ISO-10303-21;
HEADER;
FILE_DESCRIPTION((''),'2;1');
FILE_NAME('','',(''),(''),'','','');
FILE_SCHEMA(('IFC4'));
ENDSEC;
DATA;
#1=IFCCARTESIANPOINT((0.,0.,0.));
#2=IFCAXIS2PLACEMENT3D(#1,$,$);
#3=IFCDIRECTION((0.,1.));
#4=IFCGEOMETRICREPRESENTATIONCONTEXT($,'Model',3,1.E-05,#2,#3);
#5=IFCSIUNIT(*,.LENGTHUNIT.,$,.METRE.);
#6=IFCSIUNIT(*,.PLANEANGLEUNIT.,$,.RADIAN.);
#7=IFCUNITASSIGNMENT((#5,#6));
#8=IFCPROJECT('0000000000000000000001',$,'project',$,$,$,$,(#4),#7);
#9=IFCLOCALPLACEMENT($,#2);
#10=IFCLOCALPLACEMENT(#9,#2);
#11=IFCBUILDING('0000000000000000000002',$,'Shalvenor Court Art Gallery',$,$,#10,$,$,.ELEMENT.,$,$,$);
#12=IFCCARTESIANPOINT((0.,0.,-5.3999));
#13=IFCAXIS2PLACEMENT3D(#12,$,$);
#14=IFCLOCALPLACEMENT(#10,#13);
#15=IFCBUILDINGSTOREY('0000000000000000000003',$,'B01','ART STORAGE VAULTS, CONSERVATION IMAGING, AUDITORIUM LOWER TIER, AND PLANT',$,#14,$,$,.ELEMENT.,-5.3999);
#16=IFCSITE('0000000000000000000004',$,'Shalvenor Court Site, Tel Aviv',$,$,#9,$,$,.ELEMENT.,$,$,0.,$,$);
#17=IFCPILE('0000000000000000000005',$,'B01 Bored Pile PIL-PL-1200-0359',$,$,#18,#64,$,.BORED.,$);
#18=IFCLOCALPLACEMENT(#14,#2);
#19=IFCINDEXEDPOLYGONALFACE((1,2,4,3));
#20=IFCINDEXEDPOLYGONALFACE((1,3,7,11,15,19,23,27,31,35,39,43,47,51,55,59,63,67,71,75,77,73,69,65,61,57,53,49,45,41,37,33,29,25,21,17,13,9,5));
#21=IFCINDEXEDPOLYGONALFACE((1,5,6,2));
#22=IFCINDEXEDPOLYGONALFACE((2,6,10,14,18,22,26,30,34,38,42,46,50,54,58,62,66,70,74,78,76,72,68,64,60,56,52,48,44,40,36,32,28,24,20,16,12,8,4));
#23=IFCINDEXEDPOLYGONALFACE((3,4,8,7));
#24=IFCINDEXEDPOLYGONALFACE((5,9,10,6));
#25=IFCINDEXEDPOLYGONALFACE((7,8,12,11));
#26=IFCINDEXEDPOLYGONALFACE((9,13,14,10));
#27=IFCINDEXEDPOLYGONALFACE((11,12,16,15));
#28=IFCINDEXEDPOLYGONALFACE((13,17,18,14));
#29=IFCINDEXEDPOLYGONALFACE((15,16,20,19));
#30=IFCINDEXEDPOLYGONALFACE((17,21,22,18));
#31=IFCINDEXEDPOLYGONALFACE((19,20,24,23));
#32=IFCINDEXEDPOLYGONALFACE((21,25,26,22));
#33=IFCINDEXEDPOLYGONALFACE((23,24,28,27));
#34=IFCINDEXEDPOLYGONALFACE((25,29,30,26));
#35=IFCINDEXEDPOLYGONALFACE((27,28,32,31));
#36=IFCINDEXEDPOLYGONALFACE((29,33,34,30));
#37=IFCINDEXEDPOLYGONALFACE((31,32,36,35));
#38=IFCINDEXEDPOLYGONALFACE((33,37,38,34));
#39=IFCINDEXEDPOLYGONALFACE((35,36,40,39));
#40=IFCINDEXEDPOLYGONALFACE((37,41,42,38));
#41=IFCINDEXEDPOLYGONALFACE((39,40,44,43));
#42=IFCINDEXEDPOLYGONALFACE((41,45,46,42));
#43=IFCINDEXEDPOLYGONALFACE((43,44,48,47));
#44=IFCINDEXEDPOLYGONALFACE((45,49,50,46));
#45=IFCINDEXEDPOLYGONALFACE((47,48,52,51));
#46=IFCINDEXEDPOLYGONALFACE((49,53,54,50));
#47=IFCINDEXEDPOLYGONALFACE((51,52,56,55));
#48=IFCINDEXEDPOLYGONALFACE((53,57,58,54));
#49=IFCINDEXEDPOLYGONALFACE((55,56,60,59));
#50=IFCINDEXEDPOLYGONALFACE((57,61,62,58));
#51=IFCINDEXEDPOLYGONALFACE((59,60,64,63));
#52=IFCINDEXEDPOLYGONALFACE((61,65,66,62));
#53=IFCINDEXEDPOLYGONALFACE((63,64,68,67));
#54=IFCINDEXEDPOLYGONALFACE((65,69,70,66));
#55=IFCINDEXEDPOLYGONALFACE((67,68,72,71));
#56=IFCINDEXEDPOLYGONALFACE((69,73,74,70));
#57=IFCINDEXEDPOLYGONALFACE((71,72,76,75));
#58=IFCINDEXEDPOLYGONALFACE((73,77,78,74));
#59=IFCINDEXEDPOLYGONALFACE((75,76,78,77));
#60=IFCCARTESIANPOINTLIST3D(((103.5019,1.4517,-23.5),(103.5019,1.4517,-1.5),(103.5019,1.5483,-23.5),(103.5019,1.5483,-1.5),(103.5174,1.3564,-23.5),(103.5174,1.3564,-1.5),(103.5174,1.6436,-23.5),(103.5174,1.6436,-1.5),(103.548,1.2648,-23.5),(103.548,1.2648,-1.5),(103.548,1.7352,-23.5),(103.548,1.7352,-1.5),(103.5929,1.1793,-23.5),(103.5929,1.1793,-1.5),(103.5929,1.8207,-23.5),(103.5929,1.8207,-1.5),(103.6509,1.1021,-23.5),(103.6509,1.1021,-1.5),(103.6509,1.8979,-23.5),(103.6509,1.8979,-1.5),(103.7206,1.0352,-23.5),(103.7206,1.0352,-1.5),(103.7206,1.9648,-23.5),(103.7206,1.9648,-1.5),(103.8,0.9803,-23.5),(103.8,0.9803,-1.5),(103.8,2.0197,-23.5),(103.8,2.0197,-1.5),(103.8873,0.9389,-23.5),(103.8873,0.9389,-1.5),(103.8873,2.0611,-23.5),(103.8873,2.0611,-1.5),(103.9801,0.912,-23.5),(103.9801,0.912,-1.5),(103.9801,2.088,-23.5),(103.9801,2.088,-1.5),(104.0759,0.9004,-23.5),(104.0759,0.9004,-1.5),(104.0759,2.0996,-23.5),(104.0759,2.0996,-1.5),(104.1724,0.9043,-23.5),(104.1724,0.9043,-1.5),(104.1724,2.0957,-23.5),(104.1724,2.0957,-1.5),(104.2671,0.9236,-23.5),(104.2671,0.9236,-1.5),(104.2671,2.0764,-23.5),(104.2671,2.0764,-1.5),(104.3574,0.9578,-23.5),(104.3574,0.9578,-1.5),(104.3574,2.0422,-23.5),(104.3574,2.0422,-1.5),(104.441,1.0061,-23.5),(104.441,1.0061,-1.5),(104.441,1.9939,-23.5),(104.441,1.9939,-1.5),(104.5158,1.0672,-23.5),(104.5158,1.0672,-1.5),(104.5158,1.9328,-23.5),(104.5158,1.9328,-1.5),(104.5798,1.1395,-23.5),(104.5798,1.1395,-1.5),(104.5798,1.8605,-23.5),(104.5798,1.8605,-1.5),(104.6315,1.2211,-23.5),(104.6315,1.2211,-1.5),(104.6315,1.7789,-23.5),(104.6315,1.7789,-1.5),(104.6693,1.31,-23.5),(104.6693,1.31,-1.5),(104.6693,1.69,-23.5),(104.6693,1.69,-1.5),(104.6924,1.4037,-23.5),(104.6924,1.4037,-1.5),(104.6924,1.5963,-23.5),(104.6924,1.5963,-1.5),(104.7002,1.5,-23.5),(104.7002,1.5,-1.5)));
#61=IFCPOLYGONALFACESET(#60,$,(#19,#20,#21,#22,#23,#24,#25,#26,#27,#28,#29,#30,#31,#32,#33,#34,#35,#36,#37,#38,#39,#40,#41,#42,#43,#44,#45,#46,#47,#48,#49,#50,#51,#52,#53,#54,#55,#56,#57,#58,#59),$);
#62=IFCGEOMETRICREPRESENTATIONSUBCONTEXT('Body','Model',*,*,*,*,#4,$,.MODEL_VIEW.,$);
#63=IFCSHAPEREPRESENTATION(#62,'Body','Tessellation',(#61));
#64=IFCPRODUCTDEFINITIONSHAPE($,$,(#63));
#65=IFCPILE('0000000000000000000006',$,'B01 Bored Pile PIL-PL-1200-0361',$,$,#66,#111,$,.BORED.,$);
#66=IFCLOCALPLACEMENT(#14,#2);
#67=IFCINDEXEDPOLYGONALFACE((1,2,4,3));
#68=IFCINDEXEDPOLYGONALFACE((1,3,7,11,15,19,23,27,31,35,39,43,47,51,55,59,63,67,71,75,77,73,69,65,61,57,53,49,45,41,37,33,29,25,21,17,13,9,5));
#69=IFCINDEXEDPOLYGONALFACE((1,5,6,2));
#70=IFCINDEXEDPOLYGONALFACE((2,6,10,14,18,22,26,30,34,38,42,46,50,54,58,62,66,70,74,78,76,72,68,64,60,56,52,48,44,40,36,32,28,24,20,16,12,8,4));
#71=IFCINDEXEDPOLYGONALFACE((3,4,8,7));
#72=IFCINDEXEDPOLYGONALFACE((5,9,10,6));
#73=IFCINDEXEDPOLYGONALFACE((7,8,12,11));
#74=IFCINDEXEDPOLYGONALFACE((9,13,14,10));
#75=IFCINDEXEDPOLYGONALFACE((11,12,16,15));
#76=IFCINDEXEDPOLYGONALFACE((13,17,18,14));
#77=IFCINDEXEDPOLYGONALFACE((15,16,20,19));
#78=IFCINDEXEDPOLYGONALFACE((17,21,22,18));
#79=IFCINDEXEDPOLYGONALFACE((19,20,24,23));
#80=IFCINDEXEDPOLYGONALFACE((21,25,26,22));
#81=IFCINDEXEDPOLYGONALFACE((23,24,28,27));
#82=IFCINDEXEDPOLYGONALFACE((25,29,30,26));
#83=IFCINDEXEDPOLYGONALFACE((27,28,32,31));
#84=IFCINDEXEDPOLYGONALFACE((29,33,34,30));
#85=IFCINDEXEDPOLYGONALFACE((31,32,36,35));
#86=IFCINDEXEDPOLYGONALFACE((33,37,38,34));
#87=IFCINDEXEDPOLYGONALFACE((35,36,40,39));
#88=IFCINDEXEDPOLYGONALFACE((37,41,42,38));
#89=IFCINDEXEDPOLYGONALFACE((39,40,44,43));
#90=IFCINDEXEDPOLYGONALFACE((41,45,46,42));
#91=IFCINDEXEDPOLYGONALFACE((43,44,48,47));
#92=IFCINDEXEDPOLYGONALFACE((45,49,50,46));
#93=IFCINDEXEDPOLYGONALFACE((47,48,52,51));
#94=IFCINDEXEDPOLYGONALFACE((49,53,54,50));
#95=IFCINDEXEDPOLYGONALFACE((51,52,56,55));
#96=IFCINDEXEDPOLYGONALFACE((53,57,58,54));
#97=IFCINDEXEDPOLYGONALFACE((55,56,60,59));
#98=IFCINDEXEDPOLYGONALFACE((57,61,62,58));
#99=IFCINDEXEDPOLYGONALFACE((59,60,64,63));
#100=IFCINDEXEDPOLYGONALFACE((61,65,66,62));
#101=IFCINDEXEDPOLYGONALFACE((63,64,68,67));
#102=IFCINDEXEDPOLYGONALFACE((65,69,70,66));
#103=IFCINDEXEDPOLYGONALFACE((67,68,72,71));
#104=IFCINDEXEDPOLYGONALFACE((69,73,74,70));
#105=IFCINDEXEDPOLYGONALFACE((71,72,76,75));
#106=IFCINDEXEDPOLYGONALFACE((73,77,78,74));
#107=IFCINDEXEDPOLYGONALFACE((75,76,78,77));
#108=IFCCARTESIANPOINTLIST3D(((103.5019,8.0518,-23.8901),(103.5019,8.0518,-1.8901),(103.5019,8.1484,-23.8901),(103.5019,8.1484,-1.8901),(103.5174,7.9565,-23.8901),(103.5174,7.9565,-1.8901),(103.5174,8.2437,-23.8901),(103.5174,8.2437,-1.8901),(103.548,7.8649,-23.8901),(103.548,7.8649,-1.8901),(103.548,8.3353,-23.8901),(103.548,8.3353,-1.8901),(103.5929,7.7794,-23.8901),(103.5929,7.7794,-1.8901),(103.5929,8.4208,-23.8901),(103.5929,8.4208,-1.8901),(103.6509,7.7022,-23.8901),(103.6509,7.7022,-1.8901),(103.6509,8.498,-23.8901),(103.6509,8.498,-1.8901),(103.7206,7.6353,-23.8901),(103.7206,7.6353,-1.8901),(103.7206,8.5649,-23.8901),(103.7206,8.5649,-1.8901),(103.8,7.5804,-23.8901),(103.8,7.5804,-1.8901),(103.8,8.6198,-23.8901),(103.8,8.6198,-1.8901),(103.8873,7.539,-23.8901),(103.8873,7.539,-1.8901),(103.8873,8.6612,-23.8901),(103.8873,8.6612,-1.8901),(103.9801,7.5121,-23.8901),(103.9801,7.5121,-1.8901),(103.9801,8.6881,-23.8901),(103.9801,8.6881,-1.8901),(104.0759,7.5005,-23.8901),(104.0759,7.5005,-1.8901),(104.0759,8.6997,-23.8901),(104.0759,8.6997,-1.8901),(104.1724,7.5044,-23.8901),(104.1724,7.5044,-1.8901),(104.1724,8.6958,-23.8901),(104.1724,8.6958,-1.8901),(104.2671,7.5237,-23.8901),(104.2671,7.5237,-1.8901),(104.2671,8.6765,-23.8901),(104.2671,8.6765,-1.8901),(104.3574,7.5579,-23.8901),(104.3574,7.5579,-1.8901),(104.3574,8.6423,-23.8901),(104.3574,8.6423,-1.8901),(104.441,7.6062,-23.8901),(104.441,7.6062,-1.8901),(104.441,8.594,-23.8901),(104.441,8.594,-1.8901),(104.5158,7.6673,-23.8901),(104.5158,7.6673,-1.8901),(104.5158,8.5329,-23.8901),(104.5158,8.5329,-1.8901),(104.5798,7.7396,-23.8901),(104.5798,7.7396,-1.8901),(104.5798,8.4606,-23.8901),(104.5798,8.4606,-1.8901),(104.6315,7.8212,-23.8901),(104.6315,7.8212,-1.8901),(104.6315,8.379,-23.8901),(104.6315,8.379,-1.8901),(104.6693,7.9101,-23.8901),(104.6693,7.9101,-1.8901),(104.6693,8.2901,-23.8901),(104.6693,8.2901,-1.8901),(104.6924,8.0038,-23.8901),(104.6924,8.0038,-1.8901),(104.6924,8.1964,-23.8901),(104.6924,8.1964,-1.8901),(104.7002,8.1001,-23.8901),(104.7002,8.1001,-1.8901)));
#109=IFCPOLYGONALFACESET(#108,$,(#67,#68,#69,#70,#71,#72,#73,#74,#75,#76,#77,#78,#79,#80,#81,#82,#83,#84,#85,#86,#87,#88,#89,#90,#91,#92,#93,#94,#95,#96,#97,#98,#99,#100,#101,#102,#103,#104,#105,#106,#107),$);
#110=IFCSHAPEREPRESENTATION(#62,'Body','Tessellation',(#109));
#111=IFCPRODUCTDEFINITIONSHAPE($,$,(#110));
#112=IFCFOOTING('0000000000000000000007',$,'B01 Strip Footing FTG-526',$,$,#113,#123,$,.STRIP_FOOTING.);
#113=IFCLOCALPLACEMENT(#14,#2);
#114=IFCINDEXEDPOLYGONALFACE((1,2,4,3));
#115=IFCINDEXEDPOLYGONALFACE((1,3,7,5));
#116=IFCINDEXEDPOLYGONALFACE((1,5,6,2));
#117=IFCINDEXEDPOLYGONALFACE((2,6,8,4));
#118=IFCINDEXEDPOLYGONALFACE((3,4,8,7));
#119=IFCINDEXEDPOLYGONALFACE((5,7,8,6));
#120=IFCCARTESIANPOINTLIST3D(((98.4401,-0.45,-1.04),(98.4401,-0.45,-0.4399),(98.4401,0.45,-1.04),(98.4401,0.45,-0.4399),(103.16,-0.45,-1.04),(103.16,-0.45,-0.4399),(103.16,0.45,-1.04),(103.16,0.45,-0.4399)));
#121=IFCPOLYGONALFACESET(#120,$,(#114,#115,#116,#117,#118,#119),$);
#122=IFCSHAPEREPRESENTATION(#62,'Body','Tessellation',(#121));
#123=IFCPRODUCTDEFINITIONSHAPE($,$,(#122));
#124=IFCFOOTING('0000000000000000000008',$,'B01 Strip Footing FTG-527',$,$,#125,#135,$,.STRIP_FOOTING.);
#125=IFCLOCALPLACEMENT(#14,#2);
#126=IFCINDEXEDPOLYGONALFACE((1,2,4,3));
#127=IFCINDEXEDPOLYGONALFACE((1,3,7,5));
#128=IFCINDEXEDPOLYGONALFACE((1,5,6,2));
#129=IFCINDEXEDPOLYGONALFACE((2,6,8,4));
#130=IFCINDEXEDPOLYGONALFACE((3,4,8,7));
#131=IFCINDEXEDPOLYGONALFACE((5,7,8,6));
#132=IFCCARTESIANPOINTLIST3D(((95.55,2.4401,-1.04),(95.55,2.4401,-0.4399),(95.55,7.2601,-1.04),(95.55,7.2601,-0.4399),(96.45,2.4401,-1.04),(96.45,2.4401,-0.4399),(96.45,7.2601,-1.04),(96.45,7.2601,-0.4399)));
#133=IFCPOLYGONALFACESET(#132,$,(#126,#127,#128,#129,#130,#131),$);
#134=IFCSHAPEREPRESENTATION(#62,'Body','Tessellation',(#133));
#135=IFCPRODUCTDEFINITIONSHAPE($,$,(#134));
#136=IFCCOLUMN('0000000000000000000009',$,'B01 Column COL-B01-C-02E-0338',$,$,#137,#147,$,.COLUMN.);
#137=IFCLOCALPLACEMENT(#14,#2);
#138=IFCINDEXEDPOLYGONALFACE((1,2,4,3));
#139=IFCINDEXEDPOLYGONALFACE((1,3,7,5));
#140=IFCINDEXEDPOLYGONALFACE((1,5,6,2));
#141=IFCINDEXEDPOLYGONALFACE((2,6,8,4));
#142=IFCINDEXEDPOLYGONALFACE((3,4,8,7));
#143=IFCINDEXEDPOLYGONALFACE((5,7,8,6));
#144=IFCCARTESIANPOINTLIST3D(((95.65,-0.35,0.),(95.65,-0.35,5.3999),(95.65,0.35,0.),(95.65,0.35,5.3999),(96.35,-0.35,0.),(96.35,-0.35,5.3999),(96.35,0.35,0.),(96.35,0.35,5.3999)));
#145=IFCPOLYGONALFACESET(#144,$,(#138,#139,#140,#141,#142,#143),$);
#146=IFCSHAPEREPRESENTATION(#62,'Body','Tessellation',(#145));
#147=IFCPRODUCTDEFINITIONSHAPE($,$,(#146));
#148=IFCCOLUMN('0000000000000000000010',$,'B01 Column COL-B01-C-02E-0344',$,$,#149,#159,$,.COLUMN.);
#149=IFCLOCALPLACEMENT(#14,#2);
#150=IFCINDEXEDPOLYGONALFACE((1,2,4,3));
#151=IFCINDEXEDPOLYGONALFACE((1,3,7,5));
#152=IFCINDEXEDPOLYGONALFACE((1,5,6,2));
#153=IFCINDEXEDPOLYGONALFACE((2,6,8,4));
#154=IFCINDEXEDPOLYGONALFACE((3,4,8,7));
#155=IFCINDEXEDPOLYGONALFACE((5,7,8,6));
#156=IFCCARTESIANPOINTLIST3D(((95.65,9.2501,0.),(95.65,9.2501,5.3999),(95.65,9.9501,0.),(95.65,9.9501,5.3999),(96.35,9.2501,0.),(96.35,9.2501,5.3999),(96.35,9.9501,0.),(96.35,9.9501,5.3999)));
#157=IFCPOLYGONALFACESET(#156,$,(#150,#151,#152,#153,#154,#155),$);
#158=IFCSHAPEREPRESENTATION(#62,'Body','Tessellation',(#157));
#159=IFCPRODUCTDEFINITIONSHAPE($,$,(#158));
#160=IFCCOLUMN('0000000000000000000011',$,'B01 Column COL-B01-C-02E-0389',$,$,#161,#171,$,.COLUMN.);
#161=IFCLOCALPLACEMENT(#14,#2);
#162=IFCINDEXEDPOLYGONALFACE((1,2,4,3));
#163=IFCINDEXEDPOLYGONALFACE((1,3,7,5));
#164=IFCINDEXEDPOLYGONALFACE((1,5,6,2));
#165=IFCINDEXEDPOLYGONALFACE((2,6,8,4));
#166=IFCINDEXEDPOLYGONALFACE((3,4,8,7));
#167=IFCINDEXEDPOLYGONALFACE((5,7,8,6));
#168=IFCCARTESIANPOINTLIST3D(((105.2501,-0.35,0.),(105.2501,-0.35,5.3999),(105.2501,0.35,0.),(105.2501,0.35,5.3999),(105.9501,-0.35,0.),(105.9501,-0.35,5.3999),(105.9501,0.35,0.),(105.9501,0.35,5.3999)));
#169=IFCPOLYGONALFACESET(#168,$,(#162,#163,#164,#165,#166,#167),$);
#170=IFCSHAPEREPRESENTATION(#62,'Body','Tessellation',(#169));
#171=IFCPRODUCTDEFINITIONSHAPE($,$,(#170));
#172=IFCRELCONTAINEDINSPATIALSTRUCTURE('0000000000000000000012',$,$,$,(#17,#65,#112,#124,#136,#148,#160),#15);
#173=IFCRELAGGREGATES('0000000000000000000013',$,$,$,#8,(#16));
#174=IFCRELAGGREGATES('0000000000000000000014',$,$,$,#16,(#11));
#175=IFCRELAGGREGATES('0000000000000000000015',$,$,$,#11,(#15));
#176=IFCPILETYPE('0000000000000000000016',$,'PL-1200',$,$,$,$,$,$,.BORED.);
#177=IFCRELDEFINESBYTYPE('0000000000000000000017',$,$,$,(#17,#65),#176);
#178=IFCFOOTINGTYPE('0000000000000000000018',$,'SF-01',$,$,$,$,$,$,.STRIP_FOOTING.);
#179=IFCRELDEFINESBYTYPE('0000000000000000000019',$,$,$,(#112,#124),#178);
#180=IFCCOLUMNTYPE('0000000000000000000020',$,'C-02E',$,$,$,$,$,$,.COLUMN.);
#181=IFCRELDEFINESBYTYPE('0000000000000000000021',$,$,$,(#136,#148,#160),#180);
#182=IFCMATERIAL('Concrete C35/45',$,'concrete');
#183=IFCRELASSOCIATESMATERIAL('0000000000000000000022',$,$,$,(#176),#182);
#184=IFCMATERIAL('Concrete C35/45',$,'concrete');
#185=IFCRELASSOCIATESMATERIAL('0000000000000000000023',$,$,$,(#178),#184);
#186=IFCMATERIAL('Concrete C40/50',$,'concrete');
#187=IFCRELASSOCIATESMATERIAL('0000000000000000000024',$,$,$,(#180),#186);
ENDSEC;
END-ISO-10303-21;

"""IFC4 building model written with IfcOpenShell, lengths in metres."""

from ifc_helpers import new_model, si_unit, direction, frame, origin, origin_2d, place, context, subcontext, project, spatial, rectangle, circle, extrude, material, material_profile, profile_set, type_object, element, save


model = new_model("IFC4")

# Units and contexts
model_context = context("Model", 3, precision=1e-05, world=origin(), true_north=direction((0.0, 1.0)))
body_context = subcontext(model_context, "Body", "Model", "MODEL_VIEW")
ifc_project = project(units=[si_unit("LENGTHUNIT", "METRE"), si_unit("PLANEANGLEUNIT", "RADIAN")], contexts=[model_context])

# Site, building, storey
site_placement = place(None, origin())
site = spatial("IfcSite", under=ifc_project, at=site_placement, Name="Shalvenor Court Site, Tel Aviv", CompositionType="ELEMENT", RefElevation=0.0)
building_placement = place(site_placement, origin())
building = spatial("IfcBuilding", under=site, at=building_placement, Name="Shalvenor Court Art Gallery", CompositionType="ELEMENT")
storey_placement = place(building_placement, frame((0.0, 0.0, -5.3999)))
storey = spatial("IfcBuildingStorey", under=building, at=storey_placement, Name="B01", Description="ART STORAGE VAULTS, CONSERVATION IMAGING, AUDITORIUM LOWER TIER, AND PLANT", CompositionType="ELEMENT", Elevation=-5.3999)

# Piles
ifc_material_1 = material(Name="Concrete C35/45", Category="concrete")
ifc_material_profile_1 = material_profile(ifc_material_1, circle(Radius=0.6001, at=origin_2d()), Name="PILE 1200")
ifc_profile_set_1 = profile_set([ifc_material_profile_1], Name="Concrete C35/45")
pile_type = type_object("IfcPileType", Name="PL-1200", PredefinedType="BORED", material=ifc_profile_set_1)
for number, where, z_axis, x_axis, name in (
    (1, (104.1001, 1.5, -1.5), (0.0, 0.0, -1.0), (1.0, 0.0, 0.0), "B01 Bored Pile PIL-PL-1200-0359"),
    (2, (104.1001, 8.1001, -1.8901), (0.0, 0.0, -1.0), (1.0, 0.0, 0.0), "B01 Bored Pile PIL-PL-1200-0361"),
):
    element("IfcPile", number, at=place(storey_placement, frame(where, z_axis=z_axis, x_axis=x_axis)), inside=storey, type_object=pile_type, Name=name, PredefinedType="BORED", context=body_context, shape_type="SweptSolid", body=[
        extrude(circle(Radius=0.6001, at=origin_2d()), origin(), (0.0, 0.0, 1.0), 22.0),
    ])

# Footings
ifc_material_2 = material(Name="Concrete C35/45", Category="concrete")
footing_type_1 = type_object("IfcFootingType", Name="SF-01", PredefinedType="STRIP_FOOTING", material=ifc_material_2)
footing_1_placement = place(storey_placement, frame((100.8, 0.0, -1.04), z_axis=(0.0, 0.0, 1.0), x_axis=(1.0, 0.0, 0.0)))
element("IfcFooting", 3, at=footing_1_placement, inside=storey, type_object=footing_type_1, Name="B01 Strip Footing FTG-526", PredefinedType="STRIP_FOOTING", context=body_context, shape_type="SweptSolid", body=[
    extrude(rectangle(XDim=4.72, YDim=0.8999, at=origin_2d()), origin(), (0.0, 0.0, 1.0), 0.6001),
])
footing_2_placement = place(storey_placement, frame((96.0, 4.8501, -1.04), z_axis=(0.0, 0.0, 1.0), x_axis=(0.0, 1.0, 0.0)))
element("IfcFooting", 4, at=footing_2_placement, inside=storey, type_object=footing_type_1, Name="B01 Strip Footing FTG-527", PredefinedType="STRIP_FOOTING", context=body_context, shape_type="SweptSolid", body=[
    extrude(rectangle(XDim=4.8201, YDim=0.8999, at=origin_2d()), origin(), (0.0, 0.0, 1.0), 0.6001),
])

# Columns
ifc_material_3 = material(Name="Concrete C40/50", Category="concrete")
ifc_material_profile_2 = material_profile(ifc_material_3, rectangle(XDim=0.7, YDim=0.7, at=origin_2d()), Name="RC 700x700")
ifc_profile_set_2 = profile_set([ifc_material_profile_2], Name="Concrete C40/50")
column_type = type_object("IfcColumnType", Name="C-02E", PredefinedType="COLUMN", material=ifc_profile_set_2)
for number, where, z_axis, x_axis, name in (
    (5, (96.0, 0.0, 0.0), (0.0, 0.0, 1.0), (1.0, 0.0, 0.0), "B01 Column COL-B01-C-02E-0338"),
    (6, (96.0, 9.6001, 0.0), (0.0, 0.0, 1.0), (1.0, 0.0, 0.0), "B01 Column COL-B01-C-02E-0344"),
    (7, (105.6001, 0.0, 0.0), (0.0, 0.0, 1.0), (1.0, 0.0, 0.0), "B01 Column COL-B01-C-02E-0389"),
):
    element("IfcColumn", number, at=place(storey_placement, frame(where, z_axis=z_axis, x_axis=x_axis)), inside=storey, type_object=column_type, Name=name, PredefinedType="COLUMN", context=body_context, shape_type="SweptSolid", body=[
        extrude(rectangle(XDim=0.7, YDim=0.7, at=origin_2d()), origin(), (0.0, 0.0, 1.0), 5.3999),
    ])

save(model, "model.ifc")
